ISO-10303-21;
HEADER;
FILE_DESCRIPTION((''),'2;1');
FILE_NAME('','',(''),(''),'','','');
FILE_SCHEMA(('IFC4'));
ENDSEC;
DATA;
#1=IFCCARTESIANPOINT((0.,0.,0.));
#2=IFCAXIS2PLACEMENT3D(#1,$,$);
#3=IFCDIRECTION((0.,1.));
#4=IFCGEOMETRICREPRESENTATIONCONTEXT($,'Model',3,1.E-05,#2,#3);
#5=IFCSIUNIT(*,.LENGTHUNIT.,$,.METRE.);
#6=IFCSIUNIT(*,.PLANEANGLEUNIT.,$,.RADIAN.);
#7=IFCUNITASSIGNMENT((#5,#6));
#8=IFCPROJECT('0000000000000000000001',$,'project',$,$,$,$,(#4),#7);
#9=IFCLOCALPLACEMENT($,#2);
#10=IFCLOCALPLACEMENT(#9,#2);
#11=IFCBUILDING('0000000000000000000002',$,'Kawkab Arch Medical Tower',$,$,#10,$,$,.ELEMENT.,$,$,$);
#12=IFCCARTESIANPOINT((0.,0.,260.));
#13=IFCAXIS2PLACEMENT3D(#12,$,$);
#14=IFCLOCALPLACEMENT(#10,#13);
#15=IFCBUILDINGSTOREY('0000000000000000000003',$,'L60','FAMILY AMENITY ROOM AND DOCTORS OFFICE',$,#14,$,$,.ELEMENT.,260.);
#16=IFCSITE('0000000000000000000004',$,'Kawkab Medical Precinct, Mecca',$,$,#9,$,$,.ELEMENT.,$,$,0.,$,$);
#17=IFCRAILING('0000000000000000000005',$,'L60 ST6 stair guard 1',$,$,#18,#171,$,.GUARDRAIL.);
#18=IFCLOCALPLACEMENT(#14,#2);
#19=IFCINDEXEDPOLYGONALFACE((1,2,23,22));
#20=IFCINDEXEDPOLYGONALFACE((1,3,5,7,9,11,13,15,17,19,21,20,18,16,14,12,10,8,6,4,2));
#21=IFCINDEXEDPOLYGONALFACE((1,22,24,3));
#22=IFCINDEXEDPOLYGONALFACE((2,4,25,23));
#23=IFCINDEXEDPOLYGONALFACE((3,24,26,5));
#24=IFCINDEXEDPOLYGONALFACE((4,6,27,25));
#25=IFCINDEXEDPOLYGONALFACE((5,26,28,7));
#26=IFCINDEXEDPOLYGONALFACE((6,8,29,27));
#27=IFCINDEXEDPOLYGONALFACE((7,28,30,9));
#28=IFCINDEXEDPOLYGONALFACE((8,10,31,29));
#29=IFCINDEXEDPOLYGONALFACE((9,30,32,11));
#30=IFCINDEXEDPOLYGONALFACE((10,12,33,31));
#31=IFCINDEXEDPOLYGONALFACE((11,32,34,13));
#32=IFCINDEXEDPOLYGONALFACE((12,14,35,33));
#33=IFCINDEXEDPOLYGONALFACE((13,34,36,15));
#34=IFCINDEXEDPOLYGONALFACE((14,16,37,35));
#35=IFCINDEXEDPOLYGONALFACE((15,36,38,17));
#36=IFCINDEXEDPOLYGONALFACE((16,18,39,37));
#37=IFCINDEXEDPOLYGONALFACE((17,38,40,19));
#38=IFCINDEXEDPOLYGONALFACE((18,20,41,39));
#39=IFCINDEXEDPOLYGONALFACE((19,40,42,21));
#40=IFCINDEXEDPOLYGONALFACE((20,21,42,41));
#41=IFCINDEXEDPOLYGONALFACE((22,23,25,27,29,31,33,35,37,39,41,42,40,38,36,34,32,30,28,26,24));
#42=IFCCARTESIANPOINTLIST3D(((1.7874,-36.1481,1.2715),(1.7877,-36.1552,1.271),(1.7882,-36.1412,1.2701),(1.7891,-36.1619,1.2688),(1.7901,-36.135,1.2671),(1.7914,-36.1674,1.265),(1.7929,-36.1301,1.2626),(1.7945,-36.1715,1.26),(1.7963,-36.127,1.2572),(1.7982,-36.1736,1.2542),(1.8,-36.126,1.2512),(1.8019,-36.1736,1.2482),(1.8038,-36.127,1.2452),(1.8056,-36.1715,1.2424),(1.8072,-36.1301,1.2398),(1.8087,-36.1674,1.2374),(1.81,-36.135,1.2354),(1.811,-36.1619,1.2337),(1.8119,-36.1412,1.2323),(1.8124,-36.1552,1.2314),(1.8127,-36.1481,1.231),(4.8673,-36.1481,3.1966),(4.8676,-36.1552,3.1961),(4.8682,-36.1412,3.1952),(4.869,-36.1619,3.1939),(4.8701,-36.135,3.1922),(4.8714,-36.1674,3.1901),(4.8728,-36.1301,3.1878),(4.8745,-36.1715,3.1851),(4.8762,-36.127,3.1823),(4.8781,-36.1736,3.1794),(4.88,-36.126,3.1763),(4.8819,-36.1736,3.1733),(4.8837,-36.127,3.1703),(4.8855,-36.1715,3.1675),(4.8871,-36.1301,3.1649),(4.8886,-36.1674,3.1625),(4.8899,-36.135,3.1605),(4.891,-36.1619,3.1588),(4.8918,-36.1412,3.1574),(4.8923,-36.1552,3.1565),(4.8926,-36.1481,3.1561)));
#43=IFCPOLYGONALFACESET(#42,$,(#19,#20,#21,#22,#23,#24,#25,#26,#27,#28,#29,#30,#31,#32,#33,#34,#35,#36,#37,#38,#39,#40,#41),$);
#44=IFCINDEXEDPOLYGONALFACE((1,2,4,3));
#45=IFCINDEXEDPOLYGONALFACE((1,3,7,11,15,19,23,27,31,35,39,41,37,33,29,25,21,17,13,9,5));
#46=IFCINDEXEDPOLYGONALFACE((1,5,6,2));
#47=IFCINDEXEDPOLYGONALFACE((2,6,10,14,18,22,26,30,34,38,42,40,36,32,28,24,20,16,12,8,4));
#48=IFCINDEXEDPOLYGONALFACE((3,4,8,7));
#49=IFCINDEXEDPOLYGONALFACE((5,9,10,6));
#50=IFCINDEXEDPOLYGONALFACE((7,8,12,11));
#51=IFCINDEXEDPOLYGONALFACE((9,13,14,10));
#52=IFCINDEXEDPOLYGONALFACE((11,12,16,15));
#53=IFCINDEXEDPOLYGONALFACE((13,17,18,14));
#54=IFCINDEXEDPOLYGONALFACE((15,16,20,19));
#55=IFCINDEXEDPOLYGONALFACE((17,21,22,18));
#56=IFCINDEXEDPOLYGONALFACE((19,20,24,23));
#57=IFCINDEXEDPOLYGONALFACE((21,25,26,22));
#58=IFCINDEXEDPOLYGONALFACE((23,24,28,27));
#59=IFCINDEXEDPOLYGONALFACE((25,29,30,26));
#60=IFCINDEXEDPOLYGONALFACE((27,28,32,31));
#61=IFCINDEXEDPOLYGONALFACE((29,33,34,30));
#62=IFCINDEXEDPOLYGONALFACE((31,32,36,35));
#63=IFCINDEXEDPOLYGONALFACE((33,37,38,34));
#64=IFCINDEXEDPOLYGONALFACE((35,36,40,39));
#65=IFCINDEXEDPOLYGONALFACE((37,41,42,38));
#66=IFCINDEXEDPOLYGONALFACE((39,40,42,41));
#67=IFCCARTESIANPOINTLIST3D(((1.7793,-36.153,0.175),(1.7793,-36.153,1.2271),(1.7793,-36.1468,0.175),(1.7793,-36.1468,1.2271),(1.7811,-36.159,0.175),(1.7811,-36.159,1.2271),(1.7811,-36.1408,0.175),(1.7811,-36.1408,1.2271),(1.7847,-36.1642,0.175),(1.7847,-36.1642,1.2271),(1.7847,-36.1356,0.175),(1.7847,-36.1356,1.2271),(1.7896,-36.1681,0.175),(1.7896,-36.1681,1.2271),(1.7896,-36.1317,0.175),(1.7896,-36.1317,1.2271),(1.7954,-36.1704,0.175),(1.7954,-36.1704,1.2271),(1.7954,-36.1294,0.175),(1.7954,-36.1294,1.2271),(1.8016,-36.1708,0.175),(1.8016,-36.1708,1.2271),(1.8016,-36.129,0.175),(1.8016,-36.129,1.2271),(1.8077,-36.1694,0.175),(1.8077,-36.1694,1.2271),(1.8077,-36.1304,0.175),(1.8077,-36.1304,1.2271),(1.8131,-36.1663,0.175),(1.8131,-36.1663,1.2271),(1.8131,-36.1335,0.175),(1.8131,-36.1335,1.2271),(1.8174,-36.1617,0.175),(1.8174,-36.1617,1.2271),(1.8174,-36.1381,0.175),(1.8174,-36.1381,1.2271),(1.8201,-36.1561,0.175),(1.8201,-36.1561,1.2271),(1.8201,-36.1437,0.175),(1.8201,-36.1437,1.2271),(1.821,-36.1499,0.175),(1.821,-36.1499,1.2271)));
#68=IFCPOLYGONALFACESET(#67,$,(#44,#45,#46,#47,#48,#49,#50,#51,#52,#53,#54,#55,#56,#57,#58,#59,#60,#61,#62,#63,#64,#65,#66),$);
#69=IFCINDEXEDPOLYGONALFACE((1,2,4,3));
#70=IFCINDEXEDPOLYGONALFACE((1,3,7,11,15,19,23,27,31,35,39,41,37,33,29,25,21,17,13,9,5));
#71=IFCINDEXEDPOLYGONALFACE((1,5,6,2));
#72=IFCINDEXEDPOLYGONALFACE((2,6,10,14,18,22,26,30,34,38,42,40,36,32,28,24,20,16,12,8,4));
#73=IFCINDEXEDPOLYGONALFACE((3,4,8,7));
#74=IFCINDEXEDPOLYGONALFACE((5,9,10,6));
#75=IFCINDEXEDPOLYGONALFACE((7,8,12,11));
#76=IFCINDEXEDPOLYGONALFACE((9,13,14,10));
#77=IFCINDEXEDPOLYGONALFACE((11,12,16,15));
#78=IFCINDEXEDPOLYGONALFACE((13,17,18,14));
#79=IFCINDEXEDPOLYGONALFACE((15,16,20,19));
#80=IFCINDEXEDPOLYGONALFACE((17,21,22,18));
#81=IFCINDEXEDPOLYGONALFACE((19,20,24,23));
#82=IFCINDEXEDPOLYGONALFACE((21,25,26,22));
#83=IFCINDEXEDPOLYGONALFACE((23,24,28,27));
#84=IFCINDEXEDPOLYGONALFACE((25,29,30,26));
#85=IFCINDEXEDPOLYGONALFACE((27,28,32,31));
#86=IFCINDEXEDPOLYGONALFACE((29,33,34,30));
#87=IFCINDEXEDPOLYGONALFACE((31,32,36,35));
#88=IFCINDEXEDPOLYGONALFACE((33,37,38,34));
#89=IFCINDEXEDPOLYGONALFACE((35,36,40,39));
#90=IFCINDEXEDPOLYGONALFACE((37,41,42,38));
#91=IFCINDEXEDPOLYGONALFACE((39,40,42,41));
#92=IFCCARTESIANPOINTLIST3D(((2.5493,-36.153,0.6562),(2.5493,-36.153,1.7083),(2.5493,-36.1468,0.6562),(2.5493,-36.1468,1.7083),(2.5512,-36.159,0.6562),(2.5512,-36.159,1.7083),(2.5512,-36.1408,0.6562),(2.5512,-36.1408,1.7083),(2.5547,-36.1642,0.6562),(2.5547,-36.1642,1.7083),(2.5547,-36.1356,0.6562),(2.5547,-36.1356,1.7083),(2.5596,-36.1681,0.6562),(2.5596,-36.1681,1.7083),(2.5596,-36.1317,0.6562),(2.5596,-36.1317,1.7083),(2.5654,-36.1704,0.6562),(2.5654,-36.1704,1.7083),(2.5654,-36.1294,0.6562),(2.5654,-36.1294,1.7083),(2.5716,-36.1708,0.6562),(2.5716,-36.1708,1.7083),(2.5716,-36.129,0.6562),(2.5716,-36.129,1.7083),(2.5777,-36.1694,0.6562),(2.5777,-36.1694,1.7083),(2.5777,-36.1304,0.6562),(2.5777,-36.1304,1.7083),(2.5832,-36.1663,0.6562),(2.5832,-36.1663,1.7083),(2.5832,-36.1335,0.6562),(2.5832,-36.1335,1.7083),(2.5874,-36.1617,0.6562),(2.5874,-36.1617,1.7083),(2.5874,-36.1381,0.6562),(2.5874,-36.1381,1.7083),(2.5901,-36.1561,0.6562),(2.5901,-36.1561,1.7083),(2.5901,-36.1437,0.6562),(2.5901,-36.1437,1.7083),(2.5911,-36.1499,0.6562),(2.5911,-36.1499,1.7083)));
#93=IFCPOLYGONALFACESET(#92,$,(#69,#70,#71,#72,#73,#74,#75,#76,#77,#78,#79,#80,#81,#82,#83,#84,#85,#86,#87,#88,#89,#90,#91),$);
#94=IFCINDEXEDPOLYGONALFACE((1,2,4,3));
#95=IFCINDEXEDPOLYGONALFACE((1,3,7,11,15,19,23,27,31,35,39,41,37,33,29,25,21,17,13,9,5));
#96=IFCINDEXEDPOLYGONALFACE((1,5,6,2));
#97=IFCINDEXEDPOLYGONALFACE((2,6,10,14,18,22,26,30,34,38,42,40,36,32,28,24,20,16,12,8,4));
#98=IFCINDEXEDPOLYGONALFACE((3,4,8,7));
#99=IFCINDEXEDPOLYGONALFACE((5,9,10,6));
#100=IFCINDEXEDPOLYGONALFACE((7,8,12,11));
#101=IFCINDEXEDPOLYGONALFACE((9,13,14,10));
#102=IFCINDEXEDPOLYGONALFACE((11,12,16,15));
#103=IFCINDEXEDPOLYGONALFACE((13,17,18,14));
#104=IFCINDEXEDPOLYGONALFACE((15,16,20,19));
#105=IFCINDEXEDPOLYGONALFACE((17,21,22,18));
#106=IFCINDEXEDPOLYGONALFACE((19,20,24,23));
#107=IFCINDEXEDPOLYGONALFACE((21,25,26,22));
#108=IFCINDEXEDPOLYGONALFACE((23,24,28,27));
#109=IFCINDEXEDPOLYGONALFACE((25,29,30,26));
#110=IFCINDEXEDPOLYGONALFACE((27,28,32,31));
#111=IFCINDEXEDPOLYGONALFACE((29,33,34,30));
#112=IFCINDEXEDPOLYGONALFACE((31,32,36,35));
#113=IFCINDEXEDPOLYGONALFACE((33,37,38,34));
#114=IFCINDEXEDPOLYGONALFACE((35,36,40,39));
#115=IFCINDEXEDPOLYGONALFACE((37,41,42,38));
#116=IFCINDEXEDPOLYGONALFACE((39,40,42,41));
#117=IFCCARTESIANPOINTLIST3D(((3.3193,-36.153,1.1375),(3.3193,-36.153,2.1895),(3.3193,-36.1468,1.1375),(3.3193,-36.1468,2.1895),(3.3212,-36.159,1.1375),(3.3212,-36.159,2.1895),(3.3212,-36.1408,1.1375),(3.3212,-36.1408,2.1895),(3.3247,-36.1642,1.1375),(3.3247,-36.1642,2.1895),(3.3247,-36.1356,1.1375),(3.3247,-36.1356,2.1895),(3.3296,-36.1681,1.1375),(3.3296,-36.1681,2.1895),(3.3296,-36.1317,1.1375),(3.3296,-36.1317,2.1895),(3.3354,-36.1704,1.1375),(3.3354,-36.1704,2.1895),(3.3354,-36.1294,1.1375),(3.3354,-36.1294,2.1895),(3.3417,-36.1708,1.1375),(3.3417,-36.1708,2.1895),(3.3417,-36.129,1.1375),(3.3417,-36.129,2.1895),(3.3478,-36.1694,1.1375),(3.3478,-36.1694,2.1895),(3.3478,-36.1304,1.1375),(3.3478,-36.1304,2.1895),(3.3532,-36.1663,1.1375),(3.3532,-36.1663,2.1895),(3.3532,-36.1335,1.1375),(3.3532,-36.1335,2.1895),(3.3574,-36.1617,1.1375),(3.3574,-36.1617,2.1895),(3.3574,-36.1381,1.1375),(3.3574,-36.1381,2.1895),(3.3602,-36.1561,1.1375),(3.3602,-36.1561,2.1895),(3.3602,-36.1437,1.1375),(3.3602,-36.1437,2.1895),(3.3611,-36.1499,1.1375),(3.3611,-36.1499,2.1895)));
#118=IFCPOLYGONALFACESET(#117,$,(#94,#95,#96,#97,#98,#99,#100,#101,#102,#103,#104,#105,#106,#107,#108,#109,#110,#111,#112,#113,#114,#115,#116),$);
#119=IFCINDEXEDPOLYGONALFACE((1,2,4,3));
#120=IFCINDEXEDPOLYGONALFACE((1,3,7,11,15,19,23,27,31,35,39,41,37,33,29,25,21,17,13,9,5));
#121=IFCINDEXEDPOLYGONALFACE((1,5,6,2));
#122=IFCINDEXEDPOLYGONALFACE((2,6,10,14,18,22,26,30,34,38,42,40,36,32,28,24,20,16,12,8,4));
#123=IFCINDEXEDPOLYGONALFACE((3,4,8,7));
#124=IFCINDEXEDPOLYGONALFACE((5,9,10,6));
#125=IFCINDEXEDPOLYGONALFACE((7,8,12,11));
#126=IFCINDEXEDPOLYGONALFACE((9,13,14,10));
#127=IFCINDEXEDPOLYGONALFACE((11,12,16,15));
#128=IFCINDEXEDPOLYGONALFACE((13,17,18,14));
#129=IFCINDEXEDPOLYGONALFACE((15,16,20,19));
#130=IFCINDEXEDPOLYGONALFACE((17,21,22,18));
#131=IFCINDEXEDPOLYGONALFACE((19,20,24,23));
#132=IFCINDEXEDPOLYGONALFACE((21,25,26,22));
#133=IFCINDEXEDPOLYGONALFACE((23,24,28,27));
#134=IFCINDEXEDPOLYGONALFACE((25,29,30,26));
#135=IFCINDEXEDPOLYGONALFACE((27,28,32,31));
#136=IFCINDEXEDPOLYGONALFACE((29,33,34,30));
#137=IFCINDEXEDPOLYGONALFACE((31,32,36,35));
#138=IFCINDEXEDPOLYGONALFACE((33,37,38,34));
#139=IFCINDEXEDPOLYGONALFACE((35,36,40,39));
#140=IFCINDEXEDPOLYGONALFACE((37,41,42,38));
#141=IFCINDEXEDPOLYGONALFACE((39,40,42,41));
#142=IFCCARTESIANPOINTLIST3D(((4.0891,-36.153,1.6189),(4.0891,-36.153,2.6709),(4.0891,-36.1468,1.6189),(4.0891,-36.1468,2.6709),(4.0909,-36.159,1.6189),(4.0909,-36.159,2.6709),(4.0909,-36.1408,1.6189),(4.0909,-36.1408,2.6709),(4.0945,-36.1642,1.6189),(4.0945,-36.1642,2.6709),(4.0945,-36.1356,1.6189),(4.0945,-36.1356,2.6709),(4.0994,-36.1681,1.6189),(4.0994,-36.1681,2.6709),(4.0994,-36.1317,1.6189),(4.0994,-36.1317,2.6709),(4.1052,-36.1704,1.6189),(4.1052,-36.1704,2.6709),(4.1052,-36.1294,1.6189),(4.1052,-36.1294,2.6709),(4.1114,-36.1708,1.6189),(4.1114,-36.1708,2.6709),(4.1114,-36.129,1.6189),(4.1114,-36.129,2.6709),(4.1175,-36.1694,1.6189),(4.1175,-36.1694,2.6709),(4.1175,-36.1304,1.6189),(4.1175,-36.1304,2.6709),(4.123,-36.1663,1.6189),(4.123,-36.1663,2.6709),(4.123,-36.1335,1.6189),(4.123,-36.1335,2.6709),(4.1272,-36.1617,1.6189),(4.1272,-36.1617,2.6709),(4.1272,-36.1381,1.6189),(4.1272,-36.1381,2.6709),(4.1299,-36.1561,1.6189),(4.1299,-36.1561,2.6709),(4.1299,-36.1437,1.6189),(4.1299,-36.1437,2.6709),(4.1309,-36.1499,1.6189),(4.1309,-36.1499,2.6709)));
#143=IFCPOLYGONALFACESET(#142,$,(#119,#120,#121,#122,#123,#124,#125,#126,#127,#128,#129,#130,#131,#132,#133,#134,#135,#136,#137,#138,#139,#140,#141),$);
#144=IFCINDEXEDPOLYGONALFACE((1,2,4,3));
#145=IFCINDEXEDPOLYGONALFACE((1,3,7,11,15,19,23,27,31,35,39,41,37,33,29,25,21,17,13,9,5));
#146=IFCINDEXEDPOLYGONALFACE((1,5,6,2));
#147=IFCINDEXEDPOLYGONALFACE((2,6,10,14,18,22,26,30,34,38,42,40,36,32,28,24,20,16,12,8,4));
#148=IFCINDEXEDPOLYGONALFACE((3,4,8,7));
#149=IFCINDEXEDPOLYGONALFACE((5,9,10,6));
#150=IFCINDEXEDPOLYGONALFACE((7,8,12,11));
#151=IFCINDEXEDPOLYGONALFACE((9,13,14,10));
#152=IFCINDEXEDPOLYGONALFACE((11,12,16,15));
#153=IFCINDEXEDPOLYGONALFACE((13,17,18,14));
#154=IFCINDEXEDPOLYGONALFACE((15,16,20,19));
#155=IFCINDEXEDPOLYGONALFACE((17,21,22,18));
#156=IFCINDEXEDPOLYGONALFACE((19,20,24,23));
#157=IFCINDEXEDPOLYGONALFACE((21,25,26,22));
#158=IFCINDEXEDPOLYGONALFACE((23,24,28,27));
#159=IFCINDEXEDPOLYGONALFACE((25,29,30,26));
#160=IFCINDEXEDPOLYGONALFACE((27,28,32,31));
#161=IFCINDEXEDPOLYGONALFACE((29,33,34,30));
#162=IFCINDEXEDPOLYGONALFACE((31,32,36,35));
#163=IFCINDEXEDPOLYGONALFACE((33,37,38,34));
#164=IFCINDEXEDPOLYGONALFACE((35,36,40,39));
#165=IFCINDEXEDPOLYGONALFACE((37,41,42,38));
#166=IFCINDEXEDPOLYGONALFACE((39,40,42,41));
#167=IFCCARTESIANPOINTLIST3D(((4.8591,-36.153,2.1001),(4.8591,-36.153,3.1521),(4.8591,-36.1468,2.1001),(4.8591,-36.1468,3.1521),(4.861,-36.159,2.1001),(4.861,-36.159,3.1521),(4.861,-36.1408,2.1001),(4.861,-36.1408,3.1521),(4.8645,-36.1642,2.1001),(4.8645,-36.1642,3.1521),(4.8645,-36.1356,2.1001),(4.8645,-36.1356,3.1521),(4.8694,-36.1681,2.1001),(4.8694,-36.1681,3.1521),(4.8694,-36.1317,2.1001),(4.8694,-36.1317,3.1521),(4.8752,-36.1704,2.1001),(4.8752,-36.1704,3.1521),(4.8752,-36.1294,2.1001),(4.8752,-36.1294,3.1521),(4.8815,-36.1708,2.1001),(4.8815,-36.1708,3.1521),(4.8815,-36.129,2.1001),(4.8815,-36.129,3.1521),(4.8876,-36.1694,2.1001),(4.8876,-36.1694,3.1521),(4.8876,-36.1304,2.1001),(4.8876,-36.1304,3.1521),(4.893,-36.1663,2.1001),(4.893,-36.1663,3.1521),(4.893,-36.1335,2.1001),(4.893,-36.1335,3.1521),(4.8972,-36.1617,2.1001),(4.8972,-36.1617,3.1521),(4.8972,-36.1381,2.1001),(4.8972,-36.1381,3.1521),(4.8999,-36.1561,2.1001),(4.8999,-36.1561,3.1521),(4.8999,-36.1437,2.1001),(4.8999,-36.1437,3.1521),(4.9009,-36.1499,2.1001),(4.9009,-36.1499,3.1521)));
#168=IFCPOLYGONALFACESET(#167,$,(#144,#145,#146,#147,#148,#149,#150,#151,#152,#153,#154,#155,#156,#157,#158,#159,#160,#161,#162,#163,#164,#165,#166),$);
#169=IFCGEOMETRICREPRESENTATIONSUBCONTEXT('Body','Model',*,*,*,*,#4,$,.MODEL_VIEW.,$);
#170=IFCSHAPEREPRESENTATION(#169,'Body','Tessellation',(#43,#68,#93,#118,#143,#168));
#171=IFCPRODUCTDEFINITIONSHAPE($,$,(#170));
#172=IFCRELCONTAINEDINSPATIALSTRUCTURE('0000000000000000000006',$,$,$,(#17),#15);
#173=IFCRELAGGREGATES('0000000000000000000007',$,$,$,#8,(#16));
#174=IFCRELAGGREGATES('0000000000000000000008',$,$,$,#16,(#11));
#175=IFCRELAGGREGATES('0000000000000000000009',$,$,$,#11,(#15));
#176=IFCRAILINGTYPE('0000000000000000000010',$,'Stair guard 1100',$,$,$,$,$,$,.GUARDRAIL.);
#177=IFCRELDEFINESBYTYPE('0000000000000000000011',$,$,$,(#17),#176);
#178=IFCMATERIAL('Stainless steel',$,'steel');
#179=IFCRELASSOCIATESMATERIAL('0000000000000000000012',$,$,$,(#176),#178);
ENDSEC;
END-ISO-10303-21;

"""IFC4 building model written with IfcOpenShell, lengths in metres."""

from ifc_helpers import new_model, si_unit, direction, frame, origin, origin_2d, place, context, subcontext, project, spatial, circle, extrude, material, type_object, element, save


model = new_model("IFC4")

# Units and contexts
model_context = context("Model", 3, precision=1e-05, world=origin(), true_north=direction((0.0, 1.0)))
body_context = subcontext(model_context, "Body", "Model", "MODEL_VIEW")
ifc_project = project(units=[si_unit("LENGTHUNIT", "METRE"), si_unit("PLANEANGLEUNIT", "RADIAN")], contexts=[model_context])

# Site, building, storey
site_placement = place(None, origin())
site = spatial("IfcSite", under=ifc_project, at=site_placement, Name="Kawkab Medical Precinct, Mecca", CompositionType="ELEMENT", RefElevation=0.0)
building_placement = place(site_placement, origin())
building = spatial("IfcBuilding", under=site, at=building_placement, Name="Kawkab Arch Medical Tower", CompositionType="ELEMENT")
storey_placement = place(building_placement, frame((0.0, 0.0, 260.0)))
storey = spatial("IfcBuildingStorey", under=building, at=storey_placement, Name="L60", Description="FAMILY AMENITY ROOM AND DOCTORS OFFICE", CompositionType="ELEMENT", Elevation=260.0)

# Railing
ifc_material_1 = material(Name="Stainless steel", Category="steel")
railing_type_1 = type_object("IfcRailingType", Name="Stair guard 1100", PredefinedType="GUARDRAIL", material=ifc_material_1)
railing_1_placement = place(storey_placement, frame((1.8, -36.1499, 0.175)))
element("IfcRailing", 1, at=railing_1_placement, inside=storey, type_object=railing_type_1, Name="L60 ST6 stair guard 1", PredefinedType="GUARDRAIL", context=body_context, shape_type="SweptSolid", body=[
    extrude(circle(Radius=0.0239, at=origin_2d()), frame((0.0, 0.0, 1.0762), z_axis=(0.847979, 0.0, 0.530029), x_axis=(0.0, 1.0, 0.0)), (0.0, 0.0, 1.0), 3.6321),
    extrude(circle(Radius=0.021, at=origin_2d()), origin(), (0.0, 0.0, 1.0), 1.052),
    extrude(circle(Radius=0.021, at=origin_2d()), frame((0.77, 0.0, 0.4812)), (0.0, 0.0, 1.0), 1.052),
    extrude(circle(Radius=0.021, at=origin_2d()), frame((1.54, 0.0, 0.9624)), (0.0, 0.0, 1.0), 1.052),
    extrude(circle(Radius=0.021, at=origin_2d()), frame((2.3098, 0.0, 1.4438)), (0.0, 0.0, 1.0), 1.052),
    extrude(circle(Radius=0.021, at=origin_2d()), frame((3.0798, 0.0, 1.925)), (0.0, 0.0, 1.0), 1.052),
])

save(model, "model.ifc")
